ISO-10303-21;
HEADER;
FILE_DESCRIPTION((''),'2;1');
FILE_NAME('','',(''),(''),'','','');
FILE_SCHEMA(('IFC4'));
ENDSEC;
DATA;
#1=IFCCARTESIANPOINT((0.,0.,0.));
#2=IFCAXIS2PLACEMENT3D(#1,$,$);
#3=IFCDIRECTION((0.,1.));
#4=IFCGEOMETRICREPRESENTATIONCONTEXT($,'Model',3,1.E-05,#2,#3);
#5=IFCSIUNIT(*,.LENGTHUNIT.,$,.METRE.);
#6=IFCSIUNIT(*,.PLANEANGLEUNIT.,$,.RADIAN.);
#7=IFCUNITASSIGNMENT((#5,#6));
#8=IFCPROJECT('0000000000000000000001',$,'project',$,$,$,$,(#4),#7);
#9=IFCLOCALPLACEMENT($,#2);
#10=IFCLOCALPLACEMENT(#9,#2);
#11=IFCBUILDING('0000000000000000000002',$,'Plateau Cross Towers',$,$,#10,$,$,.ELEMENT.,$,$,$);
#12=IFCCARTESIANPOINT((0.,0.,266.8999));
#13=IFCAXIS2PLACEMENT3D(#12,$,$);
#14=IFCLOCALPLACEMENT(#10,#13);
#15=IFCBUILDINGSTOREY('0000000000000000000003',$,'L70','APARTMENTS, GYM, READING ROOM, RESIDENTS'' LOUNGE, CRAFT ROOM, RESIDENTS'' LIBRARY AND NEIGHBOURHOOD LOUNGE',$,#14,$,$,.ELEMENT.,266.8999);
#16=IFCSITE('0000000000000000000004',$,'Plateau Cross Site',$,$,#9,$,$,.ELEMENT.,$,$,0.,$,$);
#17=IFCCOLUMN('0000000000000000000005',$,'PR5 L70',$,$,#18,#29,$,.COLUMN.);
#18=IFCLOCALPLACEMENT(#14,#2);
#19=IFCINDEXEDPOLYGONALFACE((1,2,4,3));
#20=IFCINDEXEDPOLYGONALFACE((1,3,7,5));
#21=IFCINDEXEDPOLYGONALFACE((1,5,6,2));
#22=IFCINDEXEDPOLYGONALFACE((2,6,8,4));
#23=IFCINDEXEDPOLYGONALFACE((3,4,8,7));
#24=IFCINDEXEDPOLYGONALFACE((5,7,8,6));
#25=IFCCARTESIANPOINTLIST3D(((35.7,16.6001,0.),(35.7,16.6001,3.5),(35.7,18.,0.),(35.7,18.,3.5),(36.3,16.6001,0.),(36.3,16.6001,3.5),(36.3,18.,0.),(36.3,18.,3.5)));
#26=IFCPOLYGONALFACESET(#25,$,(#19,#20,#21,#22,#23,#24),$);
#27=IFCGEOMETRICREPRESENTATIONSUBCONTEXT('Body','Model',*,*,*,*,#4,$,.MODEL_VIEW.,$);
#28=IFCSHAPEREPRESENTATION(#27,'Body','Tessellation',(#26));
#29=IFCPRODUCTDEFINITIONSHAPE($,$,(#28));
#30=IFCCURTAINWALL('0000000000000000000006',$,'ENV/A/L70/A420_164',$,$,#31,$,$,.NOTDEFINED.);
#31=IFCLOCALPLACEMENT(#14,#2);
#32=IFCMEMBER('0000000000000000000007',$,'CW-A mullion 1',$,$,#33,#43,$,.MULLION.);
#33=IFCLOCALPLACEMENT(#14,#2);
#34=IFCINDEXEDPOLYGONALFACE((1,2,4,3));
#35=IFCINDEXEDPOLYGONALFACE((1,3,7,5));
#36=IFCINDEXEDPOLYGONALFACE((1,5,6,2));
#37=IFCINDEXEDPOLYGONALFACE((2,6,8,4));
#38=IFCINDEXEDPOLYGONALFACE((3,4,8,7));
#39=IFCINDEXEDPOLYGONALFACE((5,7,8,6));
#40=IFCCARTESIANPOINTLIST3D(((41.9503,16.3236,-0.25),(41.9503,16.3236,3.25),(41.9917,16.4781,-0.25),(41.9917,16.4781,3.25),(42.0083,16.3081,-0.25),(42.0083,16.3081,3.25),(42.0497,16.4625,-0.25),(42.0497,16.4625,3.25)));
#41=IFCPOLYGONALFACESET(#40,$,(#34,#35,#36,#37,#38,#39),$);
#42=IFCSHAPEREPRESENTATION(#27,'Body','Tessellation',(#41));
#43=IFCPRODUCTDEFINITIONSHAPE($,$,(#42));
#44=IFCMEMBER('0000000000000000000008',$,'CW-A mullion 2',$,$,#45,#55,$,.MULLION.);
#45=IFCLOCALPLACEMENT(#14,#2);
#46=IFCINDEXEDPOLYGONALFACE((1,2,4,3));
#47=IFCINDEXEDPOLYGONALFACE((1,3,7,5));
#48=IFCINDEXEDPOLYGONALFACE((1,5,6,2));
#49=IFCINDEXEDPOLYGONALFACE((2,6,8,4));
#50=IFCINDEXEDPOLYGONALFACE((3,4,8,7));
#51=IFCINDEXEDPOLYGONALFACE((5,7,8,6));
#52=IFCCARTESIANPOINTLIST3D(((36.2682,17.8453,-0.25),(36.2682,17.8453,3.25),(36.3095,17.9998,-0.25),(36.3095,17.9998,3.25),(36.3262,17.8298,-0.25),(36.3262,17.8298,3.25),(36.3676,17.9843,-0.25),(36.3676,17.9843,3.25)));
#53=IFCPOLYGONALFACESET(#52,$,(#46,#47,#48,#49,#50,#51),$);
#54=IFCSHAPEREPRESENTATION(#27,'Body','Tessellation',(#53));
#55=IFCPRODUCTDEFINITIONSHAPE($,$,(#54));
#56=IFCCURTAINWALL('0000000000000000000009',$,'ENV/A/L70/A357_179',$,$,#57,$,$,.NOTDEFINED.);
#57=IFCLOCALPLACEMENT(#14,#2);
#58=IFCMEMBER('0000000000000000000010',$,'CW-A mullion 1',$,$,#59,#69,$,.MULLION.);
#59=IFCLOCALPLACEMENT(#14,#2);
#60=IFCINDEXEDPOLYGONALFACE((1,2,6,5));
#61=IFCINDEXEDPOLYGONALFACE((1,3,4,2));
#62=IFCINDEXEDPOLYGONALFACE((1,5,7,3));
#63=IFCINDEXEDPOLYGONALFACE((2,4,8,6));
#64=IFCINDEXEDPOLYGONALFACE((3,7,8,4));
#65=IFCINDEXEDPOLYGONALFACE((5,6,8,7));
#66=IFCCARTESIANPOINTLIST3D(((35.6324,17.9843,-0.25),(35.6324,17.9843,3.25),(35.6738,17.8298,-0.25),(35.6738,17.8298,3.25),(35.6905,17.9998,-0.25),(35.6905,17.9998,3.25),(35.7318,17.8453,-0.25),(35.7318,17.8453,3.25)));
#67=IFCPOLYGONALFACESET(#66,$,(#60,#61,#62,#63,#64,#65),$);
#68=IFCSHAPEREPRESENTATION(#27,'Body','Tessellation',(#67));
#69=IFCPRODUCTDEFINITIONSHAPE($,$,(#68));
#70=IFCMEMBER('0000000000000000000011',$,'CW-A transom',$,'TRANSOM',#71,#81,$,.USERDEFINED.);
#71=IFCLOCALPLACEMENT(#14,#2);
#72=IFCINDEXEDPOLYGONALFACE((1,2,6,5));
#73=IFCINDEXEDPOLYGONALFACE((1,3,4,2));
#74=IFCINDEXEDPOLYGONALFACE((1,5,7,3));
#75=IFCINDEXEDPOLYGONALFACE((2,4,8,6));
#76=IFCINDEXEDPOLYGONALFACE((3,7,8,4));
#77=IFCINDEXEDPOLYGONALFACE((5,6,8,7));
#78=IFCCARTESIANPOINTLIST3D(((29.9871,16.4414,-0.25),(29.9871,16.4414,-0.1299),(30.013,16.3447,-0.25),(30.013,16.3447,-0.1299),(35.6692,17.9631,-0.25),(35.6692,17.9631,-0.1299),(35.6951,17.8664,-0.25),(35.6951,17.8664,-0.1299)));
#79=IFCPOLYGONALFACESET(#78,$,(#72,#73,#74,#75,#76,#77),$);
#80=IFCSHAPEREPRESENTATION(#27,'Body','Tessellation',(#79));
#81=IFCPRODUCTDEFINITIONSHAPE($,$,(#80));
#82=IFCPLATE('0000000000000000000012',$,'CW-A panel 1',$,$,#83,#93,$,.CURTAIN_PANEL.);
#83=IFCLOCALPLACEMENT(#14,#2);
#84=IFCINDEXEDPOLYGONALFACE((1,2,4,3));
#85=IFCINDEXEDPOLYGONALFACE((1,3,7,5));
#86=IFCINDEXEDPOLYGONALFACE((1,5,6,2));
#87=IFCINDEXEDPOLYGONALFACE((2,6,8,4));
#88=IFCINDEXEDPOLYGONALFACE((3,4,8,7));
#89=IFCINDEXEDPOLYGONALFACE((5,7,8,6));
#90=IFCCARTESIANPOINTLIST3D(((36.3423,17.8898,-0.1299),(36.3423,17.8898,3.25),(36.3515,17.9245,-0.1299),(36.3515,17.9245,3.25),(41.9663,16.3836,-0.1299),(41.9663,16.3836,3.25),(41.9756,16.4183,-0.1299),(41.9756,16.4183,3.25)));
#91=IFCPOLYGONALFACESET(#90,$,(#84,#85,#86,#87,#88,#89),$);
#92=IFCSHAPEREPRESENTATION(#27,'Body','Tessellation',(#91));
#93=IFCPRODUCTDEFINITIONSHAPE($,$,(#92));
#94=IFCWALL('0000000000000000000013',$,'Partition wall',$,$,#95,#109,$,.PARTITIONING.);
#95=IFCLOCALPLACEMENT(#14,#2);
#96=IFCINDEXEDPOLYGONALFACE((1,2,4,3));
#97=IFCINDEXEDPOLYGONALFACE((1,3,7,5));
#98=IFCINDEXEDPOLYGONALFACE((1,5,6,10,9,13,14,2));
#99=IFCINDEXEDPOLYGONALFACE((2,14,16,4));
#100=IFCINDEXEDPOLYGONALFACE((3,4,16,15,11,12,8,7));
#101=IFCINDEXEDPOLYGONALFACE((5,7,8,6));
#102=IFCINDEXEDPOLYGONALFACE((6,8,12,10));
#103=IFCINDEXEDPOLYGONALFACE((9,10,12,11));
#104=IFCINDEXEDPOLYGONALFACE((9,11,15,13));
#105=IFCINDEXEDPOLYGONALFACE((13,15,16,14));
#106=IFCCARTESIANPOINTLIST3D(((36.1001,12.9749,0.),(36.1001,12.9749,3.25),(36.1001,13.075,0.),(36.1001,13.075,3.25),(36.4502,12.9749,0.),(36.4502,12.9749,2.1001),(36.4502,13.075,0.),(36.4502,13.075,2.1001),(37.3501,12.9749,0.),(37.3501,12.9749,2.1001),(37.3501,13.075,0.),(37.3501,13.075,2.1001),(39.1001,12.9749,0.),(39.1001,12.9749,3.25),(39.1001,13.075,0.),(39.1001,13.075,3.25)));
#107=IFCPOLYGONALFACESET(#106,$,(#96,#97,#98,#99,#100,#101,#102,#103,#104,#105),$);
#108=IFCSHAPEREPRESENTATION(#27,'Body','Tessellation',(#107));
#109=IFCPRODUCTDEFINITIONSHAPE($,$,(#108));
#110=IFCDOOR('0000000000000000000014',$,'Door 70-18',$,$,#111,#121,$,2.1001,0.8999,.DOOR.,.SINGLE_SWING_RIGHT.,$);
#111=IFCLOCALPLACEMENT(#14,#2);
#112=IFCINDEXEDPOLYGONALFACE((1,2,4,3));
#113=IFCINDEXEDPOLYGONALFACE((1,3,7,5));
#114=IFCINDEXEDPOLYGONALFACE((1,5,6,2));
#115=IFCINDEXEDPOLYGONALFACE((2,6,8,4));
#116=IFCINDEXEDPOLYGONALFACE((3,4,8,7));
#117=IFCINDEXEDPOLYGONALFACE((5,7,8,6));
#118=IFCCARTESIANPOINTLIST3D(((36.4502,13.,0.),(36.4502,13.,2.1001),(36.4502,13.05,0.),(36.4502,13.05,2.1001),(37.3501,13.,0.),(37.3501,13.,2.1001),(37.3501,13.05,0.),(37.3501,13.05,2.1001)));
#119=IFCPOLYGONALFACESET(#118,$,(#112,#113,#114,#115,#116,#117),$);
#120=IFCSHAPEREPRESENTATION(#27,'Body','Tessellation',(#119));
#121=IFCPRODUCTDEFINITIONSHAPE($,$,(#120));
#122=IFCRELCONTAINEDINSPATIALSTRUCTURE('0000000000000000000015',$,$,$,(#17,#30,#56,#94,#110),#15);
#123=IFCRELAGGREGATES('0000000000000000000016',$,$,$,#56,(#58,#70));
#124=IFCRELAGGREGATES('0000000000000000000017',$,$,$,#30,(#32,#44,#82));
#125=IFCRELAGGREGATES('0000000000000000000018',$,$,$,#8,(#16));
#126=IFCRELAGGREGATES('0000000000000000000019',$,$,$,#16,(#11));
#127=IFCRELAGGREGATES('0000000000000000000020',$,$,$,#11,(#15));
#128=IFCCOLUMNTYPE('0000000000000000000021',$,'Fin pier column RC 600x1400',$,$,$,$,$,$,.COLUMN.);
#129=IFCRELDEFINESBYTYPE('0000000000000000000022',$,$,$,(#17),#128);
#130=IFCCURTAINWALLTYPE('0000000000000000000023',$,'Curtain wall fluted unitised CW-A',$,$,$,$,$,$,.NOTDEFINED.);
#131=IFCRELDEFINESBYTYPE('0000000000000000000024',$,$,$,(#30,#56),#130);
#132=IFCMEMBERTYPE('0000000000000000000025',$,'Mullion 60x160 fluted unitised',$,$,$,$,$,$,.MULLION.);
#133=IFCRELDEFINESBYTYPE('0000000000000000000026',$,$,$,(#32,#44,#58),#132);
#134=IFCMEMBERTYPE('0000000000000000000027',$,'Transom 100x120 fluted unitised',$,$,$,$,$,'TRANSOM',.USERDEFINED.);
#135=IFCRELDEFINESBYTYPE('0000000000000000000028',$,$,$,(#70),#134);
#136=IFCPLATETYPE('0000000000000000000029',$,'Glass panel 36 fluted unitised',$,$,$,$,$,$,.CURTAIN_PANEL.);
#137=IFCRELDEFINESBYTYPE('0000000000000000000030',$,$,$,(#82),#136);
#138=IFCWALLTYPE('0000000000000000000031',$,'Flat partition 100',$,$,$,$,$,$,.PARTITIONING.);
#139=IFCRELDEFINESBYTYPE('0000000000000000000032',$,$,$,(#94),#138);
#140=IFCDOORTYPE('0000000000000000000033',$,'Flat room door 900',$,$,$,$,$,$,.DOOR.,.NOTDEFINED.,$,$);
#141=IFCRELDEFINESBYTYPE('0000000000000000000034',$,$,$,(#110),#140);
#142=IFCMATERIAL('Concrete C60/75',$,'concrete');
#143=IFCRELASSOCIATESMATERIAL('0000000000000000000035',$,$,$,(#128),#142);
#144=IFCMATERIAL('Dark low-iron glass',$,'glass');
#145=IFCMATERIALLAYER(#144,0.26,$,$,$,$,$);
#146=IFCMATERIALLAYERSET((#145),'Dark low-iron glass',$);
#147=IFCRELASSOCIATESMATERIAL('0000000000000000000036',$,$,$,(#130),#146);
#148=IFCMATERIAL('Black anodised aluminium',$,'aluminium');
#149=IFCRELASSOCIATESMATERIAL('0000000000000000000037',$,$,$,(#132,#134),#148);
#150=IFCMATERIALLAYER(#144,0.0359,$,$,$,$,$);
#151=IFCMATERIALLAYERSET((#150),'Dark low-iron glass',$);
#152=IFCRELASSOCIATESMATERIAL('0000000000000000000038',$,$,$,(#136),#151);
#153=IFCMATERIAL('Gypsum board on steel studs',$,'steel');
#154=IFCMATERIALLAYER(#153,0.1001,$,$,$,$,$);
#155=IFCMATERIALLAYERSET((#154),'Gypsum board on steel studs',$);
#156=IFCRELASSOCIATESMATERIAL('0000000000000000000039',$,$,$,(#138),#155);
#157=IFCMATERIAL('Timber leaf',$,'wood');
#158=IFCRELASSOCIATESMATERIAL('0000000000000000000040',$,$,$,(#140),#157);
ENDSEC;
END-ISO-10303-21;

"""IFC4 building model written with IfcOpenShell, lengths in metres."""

from ifc_helpers import new_model, si_unit, direction, frame, frame_2d, origin, origin_2d, place, context, subcontext, project, spatial, rectangle, extrude, material, layer, layer_set, material_profile, profile_set, type_object, element, fill, aggregate, save


model = new_model("IFC4")

# Units and contexts
model_context = context("Model", 3, precision=1e-05, world=origin(), true_north=direction((0.0, 1.0)))
body_context = subcontext(model_context, "Body", "Model", "MODEL_VIEW")
ifc_project = project(units=[si_unit("LENGTHUNIT", "METRE"), si_unit("PLANEANGLEUNIT", "RADIAN")], contexts=[model_context])

# Site, building, storey
site_placement = place(None, origin())
site = spatial("IfcSite", under=ifc_project, at=site_placement, Name="Plateau Cross Site", CompositionType="ELEMENT", RefElevation=0.0)
building_placement = place(site_placement, origin())
building = spatial("IfcBuilding", under=site, at=building_placement, Name="Plateau Cross Towers", CompositionType="ELEMENT")
storey_placement = place(building_placement, frame((0.0, 0.0, 266.8999)))
storey = spatial("IfcBuildingStorey", under=building, at=storey_placement, Name="L70", Description="APARTMENTS, GYM, READING ROOM, RESIDENTS' LOUNGE, CRAFT ROOM, RESIDENTS' LIBRARY AND NEIGHBOURHOOD LOUNGE", CompositionType="ELEMENT", Elevation=266.8999)

# Column
ifc_material_1 = material(Name="Concrete C60/75", Category="concrete")
ifc_material_profile_1 = material_profile(ifc_material_1, rectangle(XDim=0.6001, YDim=1.3999, at=origin_2d()), Name="RC 600x1400")
ifc_profile_set_1 = profile_set([ifc_material_profile_1], Name="Concrete C60/75")
column_type = type_object("IfcColumnType", Name="Fin pier column RC 600x1400", PredefinedType="COLUMN", material=ifc_profile_set_1)
column_placement = place(storey_placement, frame((36.0, 17.3, 0.0), z_axis=(0.0, 0.0, 1.0), x_axis=(1.0, 0.0, 0.0)))
element("IfcColumn", 1, at=column_placement, inside=storey, type_object=column_type, Name="PR5 L70", PredefinedType="COLUMN", context=body_context, shape_type="SweptSolid", body=[
    extrude(rectangle(XDim=0.6001, YDim=1.3999, at=origin_2d()), origin(), (0.0, 0.0, 1.0), 3.5),
])

# Curtain walls, members
ifc_material_2 = material(Name="Dark low-iron glass", Category="glass")
ifc_layer_1 = layer(ifc_material_2, 0.26)
ifc_layer_set_1 = layer_set([ifc_layer_1], Name="Dark low-iron glass")
curtain_wall_type = type_object("IfcCurtainWallType", Name="Curtain wall fluted unitised CW-A", PredefinedType="NOTDEFINED", material=ifc_layer_set_1)
curtain_wall_1_placement = place(storey_placement, origin())
curtain_wall_1 = element("IfcCurtainWall", 2, at=curtain_wall_1_placement, inside=storey, type_object=curtain_wall_type, Name="ENV/A/L70/A420_164", PredefinedType="NOTDEFINED")
ifc_material_3 = material(Name="Black anodised aluminium", Category="aluminium")
ifc_material_profile_2 = material_profile(ifc_material_3, rectangle(XDim=0.0601, YDim=0.1599, at=origin_2d()), Name="MULLION 60x160")
ifc_profile_set_2 = profile_set([ifc_material_profile_2], Name="Black anodised aluminium")
member_type_1 = type_object("IfcMemberType", Name="Mullion 60x160 fluted unitised", PredefinedType="MULLION", material=ifc_profile_set_2)
member_1_placement = place(storey_placement, frame((42.0, 16.3931, -0.25), z_axis=(0.0, 0.0, 1.0), x_axis=(-0.965958, 0.258699, 0.0)))
member_1 = element("IfcMember", 3, at=member_1_placement, type_object=member_type_1, Name="CW-A mullion 1", PredefinedType="MULLION", context=body_context, shape_type="SweptSolid", body=[
    extrude(rectangle(XDim=0.0601, YDim=0.1599, at=origin_2d()), origin(), (0.0, 0.0, 1.0), 3.5),
])
member_2_placement = place(storey_placement, frame((36.3179, 17.9148, -0.25), z_axis=(0.0, 0.0, 1.0), x_axis=(-0.965958, 0.258699, 0.0)))
member_2 = element("IfcMember", 4, at=member_2_placement, type_object=member_type_1, Name="CW-A mullion 2", PredefinedType="MULLION", context=body_context, shape_type="SweptSolid", body=[
    extrude(rectangle(XDim=0.0601, YDim=0.1599, at=origin_2d()), origin(), (0.0, 0.0, 1.0), 3.5),
])
curtain_wall_2_placement = place(storey_placement, origin())
curtain_wall_2 = element("IfcCurtainWall", 5, at=curtain_wall_2_placement, inside=storey, type_object=curtain_wall_type, Name="ENV/A/L70/A357_179", PredefinedType="NOTDEFINED")
member_3_placement = place(storey_placement, frame((35.6821, 17.9148, -0.25), z_axis=(0.0, 0.0, 1.0), x_axis=(-0.965958, -0.258699, 0.0)))
member_3 = element("IfcMember", 6, at=member_3_placement, type_object=member_type_1, Name="CW-A mullion 1", PredefinedType="MULLION", context=body_context, shape_type="SweptSolid", body=[
    extrude(rectangle(XDim=0.0601, YDim=0.1599, at=origin_2d()), origin(), (0.0, 0.0, 1.0), 3.5),
])
ifc_material_profile_3 = material_profile(ifc_material_3, rectangle(XDim=0.1001, YDim=0.1201, at=origin_2d()), Name="TRANSOM 100x120")
ifc_profile_set_3 = profile_set([ifc_material_profile_3], Name="Black anodised aluminium")
member_type_2 = type_object("IfcMemberType", Name="Transom 100x120 fluted unitised", ElementType="TRANSOM", PredefinedType="USERDEFINED", material=ifc_profile_set_3)
member_4_placement = place(storey_placement, frame((35.6821, 17.9148, -0.1899), z_axis=(-0.96596, -0.258693, 0.0), x_axis=(0.258693, -0.96596, 0.0)))
member_4 = element("IfcMember", 7, at=member_4_placement, type_object=member_type_2, Name="CW-A transom", ObjectType="TRANSOM", PredefinedType="USERDEFINED", context=body_context, shape_type="SweptSolid", body=[
    extrude(rectangle(XDim=0.1001, YDim=0.1201, at=origin_2d()), origin(), (0.0, 0.0, 1.0), 5.8823),
])
aggregate(curtain_wall_2, [member_3, member_4])

# Plate
ifc_layer_2 = layer(ifc_material_2, 0.0359)
ifc_layer_set_2 = layer_set([ifc_layer_2], Name="Dark low-iron glass")
plate_type = type_object("IfcPlateType", Name="Glass panel 36 fluted unitised", PredefinedType="CURTAIN_PANEL", material=ifc_layer_set_2)
plate_placement = place(storey_placement, frame((39.1589, 17.1541, -0.1299), z_axis=(0.0, 0.0, 1.0), x_axis=(-0.965958, 0.258699, 0.0)))
plate = element("IfcPlate", 8, at=plate_placement, type_object=plate_type, Name="CW-A panel 1", PredefinedType="CURTAIN_PANEL", context=body_context, shape_type="SweptSolid", body=[
    extrude(rectangle(XDim=5.8223, YDim=0.0359, at=origin_2d()), origin(), (0.0, 0.0, 1.0), 3.3799),
])
aggregate(curtain_wall_1, [member_1, member_2, plate])

# Wall, opening, door
ifc_material_4 = material(Name="Gypsum board on steel studs", Category="steel")
ifc_layer_3 = layer(ifc_material_4, 0.1001)
ifc_layer_set_3 = layer_set([ifc_layer_3], Name="Gypsum board on steel studs")
wall_type_1 = type_object("IfcWallType", Name="Flat partition 100", PredefinedType="PARTITIONING", material=ifc_layer_set_3)
wall_1_placement = place(storey_placement, frame((39.1001, 13.0249, 0.0), z_axis=(0.0, 0.0, 1.0), x_axis=(-1.0, 0.0, 0.0)))
wall_1 = element("IfcWall", 9, at=wall_1_placement, inside=storey, type_object=wall_type_1, Name="Partition wall", PredefinedType="PARTITIONING", context=body_context, shape_type="SweptSolid", body=[
    extrude(rectangle(XDim=3.0, YDim=0.1001, at=frame_2d((1.5, 0.0))), origin(), (0.0, 0.0, 1.0), 3.25),
])
opening_1_placement = place(wall_1_placement, frame((1.75, 0.0, 0.0)))
opening_1 = element("IfcOpeningElement", 10, at=opening_1_placement, cuts=wall_1, PredefinedType="OPENING", context=body_context, shape_type="SweptSolid", body=[
    extrude(rectangle(XDim=0.8999, YDim=2.1001, at=frame_2d((0.45, 1.05))), frame((0.0, 0.0601, 0.0), z_axis=(0.0, -1.0, 0.0), x_axis=(1.0, 0.0, 0.0)), (0.0, 0.0, 1.0), 0.1201),
])
ifc_material_5 = material(Name="Timber leaf", Category="wood")
door_type_1 = type_object("IfcDoorType", Name="Flat room door 900", OperationType="NOTDEFINED", PredefinedType="DOOR", material=ifc_material_5)
door_1_placement = place(opening_1_placement, origin())
door_1 = element("IfcDoor", 11, at=door_1_placement, inside=storey, type_object=door_type_1, Name="Door 70-18", OperationType="SINGLE_SWING_RIGHT", OverallHeight=2.1001, OverallWidth=0.8999, PredefinedType="DOOR", context=body_context, shape_type="SweptSolid", body=[
    extrude(rectangle(XDim=0.8999, YDim=2.1001, at=frame_2d((0.45, 1.05))), frame((0.0, 0.0249, 0.0), z_axis=(0.0, -1.0, 0.0), x_axis=(1.0, 0.0, 0.0)), (0.0, 0.0, 1.0), 0.05),
])
fill(opening_1, door_1)

save(model, "model.ifc")
